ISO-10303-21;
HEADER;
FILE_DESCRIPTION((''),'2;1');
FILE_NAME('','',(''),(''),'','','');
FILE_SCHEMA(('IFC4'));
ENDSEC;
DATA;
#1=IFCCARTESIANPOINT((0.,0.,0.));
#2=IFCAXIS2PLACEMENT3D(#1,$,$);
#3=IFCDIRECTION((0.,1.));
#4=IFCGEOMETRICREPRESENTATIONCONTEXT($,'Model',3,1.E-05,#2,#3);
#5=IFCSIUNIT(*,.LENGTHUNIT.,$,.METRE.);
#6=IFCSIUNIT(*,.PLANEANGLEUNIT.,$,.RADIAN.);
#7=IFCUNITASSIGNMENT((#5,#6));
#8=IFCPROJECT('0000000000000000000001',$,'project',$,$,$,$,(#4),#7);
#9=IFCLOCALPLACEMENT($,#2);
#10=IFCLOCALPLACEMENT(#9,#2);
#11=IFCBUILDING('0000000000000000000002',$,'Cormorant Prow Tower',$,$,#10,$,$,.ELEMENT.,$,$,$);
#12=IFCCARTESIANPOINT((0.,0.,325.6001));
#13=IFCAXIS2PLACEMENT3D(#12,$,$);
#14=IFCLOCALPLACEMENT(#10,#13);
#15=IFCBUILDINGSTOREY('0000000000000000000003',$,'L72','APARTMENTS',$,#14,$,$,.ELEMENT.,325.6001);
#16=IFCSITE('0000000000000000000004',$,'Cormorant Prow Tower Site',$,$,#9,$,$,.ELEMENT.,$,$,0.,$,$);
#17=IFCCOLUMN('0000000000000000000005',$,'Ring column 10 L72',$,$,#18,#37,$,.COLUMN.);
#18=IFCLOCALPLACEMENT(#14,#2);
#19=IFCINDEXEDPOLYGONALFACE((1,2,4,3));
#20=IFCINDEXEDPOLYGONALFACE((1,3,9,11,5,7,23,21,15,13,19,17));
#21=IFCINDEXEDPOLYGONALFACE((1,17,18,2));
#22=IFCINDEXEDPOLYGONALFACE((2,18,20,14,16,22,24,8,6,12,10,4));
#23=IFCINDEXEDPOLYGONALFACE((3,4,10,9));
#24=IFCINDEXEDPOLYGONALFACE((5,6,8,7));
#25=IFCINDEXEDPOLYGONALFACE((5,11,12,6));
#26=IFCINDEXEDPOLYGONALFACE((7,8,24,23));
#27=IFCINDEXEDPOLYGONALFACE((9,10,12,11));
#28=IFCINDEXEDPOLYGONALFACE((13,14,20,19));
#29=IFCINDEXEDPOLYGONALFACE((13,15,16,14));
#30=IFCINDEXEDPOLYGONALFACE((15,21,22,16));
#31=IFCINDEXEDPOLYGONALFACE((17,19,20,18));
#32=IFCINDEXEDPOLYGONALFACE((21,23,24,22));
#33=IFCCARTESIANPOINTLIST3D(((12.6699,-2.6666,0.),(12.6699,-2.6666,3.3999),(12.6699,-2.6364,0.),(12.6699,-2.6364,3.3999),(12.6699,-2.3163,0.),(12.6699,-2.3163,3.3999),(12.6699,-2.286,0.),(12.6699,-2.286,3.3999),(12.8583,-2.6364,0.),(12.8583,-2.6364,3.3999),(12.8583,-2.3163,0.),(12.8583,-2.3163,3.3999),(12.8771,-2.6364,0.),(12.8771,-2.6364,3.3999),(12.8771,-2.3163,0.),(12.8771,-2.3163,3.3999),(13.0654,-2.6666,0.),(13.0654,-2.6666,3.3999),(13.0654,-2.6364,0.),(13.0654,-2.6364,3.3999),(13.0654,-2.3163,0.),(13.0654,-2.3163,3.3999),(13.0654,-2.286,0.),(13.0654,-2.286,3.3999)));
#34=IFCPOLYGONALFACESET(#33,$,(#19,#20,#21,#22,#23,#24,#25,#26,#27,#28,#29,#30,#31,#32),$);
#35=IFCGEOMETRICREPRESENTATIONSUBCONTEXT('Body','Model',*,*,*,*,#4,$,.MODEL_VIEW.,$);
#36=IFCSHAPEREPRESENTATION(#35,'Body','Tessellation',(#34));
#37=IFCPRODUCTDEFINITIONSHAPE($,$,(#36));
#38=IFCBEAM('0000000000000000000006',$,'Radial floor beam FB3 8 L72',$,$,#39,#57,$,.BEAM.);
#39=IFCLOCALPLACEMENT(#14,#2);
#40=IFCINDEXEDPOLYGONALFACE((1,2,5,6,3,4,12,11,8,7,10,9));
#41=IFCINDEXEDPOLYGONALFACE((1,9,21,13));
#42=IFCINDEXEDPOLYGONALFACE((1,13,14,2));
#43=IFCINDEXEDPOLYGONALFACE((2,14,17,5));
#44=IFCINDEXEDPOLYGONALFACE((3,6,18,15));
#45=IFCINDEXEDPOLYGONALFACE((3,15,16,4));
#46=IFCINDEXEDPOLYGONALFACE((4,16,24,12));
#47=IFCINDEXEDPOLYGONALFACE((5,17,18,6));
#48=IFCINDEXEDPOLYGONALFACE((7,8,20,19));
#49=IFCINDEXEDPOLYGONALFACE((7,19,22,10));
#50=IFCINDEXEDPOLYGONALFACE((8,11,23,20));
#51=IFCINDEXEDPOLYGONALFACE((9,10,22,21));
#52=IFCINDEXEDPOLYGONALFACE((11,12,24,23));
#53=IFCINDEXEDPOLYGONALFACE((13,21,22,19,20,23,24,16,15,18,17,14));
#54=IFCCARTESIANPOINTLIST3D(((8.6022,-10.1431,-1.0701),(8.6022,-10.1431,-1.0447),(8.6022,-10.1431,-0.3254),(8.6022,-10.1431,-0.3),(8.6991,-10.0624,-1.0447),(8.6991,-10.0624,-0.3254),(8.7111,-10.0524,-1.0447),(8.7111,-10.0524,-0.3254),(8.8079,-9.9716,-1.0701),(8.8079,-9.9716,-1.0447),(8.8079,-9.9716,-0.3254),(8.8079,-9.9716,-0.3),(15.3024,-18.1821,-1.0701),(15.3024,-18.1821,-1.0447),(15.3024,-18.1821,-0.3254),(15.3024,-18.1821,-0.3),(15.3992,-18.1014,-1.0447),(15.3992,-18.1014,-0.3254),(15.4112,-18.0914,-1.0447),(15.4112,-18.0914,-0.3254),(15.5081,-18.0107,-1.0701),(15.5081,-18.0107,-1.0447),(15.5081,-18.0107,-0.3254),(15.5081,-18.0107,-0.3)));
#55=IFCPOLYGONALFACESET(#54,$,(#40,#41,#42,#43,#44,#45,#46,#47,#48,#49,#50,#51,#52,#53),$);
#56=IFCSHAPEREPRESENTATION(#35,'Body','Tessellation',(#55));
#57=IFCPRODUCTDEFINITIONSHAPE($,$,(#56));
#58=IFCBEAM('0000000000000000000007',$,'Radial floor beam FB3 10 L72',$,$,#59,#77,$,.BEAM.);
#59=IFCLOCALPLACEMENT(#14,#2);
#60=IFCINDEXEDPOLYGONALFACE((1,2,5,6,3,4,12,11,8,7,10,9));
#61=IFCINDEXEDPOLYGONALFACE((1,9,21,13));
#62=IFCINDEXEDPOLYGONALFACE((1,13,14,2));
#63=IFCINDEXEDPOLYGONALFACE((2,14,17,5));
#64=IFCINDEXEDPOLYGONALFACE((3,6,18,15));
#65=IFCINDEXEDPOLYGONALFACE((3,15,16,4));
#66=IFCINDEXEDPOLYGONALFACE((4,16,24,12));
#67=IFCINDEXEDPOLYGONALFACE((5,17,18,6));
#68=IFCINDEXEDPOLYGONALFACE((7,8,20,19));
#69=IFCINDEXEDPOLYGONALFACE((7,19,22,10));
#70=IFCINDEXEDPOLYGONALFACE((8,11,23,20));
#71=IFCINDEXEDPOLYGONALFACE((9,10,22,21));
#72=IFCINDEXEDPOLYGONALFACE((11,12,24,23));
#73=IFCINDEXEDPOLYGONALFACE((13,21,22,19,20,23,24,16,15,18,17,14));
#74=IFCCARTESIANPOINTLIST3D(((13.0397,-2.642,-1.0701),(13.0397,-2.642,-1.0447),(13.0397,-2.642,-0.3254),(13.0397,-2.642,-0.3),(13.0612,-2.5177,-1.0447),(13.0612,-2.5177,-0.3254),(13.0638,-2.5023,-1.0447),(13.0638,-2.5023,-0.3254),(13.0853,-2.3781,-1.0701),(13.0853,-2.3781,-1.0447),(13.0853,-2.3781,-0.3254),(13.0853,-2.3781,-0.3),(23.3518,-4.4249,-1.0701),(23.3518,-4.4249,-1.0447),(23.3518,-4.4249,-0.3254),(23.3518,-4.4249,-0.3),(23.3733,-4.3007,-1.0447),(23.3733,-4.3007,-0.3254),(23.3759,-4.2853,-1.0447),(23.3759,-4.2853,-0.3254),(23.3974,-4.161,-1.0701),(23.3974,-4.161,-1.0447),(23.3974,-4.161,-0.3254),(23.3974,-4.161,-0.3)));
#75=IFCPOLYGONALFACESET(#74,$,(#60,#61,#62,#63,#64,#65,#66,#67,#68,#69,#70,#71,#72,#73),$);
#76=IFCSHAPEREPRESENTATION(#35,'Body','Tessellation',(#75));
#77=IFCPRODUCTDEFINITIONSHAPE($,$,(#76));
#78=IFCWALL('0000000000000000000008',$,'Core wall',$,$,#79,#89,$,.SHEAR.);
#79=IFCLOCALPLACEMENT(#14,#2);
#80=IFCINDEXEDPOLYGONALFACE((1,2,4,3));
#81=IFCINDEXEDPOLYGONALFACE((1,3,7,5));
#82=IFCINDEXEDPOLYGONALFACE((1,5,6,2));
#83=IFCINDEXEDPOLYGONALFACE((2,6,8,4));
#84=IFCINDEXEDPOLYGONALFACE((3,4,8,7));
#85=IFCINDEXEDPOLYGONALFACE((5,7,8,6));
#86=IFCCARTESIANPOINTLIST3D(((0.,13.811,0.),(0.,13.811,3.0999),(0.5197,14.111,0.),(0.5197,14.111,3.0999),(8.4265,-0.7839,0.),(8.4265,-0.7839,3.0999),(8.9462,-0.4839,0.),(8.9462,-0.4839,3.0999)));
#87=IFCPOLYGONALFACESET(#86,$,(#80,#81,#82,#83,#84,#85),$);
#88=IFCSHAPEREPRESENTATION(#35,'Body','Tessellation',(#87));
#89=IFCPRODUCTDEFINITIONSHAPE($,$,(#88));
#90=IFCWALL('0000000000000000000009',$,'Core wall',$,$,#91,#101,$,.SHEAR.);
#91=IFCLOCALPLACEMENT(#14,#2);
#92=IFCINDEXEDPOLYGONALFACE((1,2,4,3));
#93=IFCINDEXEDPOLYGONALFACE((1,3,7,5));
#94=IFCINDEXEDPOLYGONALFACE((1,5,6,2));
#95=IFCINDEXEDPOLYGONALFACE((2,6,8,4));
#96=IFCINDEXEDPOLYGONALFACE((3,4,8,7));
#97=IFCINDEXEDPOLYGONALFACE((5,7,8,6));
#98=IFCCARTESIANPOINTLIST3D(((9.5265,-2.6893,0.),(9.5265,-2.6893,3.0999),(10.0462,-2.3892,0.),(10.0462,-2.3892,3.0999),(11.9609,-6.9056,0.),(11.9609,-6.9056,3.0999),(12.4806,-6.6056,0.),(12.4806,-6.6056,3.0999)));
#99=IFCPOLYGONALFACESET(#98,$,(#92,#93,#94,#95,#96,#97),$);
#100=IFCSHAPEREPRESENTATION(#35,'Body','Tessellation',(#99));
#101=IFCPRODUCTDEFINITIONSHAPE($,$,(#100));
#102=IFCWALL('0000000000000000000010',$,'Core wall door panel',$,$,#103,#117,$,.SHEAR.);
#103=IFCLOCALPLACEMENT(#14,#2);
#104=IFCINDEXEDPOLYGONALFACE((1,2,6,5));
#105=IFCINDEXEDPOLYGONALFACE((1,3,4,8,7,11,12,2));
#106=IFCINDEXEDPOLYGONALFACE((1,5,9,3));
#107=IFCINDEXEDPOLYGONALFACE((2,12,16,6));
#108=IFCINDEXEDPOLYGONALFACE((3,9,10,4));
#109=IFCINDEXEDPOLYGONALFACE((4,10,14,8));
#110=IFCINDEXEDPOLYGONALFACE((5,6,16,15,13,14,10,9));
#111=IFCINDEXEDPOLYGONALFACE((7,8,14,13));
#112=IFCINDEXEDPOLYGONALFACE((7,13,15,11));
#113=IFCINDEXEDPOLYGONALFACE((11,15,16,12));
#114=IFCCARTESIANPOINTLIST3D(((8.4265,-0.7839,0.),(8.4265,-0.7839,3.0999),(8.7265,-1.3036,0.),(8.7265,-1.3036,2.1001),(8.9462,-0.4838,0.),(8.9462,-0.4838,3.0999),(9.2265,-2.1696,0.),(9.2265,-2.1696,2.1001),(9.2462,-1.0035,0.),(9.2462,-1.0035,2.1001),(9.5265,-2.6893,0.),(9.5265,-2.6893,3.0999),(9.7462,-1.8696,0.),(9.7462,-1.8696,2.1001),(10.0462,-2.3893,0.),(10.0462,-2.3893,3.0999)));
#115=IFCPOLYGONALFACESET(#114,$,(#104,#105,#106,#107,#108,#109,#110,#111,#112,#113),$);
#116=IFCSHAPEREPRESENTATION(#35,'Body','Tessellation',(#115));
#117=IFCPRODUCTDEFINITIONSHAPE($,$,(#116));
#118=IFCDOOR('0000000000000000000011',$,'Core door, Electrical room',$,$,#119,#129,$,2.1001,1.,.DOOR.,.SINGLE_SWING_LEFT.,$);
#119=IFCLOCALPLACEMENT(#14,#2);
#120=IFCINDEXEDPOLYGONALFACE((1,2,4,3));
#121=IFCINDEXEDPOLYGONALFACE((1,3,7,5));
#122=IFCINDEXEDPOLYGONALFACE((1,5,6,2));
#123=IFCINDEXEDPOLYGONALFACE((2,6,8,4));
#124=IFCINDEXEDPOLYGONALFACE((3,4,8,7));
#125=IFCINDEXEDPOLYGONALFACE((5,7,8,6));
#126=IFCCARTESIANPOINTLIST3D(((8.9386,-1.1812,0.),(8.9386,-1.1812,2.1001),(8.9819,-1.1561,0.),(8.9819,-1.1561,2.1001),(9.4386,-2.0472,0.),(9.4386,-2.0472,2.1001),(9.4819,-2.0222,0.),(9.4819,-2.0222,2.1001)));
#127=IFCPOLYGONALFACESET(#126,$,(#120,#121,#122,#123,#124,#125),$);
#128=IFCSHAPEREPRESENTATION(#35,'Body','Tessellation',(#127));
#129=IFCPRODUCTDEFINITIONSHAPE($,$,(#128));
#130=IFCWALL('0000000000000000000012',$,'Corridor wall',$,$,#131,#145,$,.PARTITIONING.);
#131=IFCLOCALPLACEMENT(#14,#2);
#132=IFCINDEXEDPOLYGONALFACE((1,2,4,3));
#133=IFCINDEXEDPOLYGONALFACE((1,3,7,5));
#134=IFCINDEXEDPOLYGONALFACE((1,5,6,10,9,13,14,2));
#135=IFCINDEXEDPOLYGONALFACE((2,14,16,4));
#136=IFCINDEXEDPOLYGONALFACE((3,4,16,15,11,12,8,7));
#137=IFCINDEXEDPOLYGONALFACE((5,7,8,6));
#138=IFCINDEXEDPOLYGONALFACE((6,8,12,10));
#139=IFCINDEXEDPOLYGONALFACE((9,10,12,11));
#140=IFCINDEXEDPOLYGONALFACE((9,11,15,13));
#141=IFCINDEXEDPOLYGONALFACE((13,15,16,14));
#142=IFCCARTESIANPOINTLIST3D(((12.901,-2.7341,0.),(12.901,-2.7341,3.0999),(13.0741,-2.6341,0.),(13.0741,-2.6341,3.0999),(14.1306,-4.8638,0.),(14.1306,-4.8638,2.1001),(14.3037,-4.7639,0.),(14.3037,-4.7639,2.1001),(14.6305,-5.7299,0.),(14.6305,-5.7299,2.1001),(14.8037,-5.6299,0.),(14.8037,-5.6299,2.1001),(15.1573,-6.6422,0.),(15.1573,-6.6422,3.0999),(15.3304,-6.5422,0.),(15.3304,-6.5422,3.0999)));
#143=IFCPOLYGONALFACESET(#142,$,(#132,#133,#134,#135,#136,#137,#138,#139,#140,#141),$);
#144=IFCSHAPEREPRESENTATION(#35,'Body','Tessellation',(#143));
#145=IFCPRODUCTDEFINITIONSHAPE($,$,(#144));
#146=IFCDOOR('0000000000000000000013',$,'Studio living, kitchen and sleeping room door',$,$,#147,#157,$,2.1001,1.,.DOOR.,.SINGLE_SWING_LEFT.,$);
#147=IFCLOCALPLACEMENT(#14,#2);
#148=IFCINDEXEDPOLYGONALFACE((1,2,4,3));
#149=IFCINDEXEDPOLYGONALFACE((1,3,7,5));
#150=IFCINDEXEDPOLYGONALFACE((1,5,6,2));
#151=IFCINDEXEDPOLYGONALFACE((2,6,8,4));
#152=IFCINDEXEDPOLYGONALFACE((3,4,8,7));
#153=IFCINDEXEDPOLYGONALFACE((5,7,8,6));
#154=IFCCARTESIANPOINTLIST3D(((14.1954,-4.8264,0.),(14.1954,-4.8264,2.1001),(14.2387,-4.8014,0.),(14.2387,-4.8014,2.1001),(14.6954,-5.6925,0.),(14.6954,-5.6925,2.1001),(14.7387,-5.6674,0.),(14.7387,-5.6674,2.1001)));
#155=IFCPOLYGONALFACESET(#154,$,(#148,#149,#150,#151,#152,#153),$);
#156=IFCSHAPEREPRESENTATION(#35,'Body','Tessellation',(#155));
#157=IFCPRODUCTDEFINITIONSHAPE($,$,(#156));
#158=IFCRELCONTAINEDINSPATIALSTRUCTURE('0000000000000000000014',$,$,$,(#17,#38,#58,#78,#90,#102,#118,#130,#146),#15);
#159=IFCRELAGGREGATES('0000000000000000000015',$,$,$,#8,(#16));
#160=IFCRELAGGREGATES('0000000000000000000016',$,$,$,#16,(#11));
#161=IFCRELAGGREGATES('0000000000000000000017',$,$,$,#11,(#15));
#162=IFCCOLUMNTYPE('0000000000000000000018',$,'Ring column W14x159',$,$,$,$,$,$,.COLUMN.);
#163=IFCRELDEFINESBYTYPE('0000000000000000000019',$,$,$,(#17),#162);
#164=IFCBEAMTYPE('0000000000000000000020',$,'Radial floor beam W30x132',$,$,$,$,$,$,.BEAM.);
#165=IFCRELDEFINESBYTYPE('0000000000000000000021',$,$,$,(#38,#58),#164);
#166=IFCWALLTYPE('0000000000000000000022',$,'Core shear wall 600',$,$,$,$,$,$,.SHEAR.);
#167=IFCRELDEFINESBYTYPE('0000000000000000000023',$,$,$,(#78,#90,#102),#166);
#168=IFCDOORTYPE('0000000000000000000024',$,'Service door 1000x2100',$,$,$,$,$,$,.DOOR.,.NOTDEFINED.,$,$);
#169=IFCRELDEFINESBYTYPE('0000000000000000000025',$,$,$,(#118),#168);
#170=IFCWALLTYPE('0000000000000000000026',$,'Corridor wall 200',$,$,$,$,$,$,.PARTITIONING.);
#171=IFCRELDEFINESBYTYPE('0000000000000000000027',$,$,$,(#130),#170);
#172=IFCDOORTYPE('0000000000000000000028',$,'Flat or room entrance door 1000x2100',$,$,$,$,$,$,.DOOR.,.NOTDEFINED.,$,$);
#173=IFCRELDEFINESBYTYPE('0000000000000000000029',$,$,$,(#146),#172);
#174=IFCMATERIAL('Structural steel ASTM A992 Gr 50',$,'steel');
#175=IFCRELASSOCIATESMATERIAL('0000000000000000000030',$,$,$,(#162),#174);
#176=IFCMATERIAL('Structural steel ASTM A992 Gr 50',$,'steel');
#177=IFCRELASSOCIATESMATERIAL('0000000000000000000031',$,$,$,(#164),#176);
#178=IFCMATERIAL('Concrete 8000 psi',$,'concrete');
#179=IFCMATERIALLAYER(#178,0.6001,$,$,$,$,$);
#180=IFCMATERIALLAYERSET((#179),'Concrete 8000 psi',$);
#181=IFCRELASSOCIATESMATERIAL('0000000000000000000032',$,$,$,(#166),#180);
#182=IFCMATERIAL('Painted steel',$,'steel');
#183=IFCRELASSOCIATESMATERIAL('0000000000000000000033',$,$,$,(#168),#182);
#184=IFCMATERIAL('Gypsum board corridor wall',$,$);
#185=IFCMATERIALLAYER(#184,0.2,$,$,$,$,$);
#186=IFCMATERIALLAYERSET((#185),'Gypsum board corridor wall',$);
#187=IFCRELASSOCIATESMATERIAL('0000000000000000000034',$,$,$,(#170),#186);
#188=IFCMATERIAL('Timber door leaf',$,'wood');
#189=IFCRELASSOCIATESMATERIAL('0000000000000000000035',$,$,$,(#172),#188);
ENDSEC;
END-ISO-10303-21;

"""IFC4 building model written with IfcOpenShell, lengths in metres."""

from ifc_helpers import new_model, si_unit, direction, frame, frame_2d, origin, origin_2d, place, context, subcontext, project, spatial, rectangle, i_section, extrude, material, layer, layer_set, material_profile, profile_set, type_object, element, fill, save


model = new_model("IFC4")

# Units and contexts
model_context = context("Model", 3, precision=1e-05, world=origin(), true_north=direction((0.0, 1.0)))
body_context = subcontext(model_context, "Body", "Model", "MODEL_VIEW")
ifc_project = project(units=[si_unit("LENGTHUNIT", "METRE"), si_unit("PLANEANGLEUNIT", "RADIAN")], contexts=[model_context])

# Site, building, storey
site_placement = place(None, origin())
site = spatial("IfcSite", under=ifc_project, at=site_placement, Name="Cormorant Prow Tower Site", CompositionType="ELEMENT", RefElevation=0.0)
building_placement = place(site_placement, origin())
building = spatial("IfcBuilding", under=site, at=building_placement, Name="Cormorant Prow Tower", CompositionType="ELEMENT")
storey_placement = place(building_placement, frame((0.0, 0.0, 325.6001)))
storey = spatial("IfcBuildingStorey", under=building, at=storey_placement, Name="L72", Description="APARTMENTS", CompositionType="ELEMENT", Elevation=325.6001)

# Column
ifc_material_1 = material(Name="Structural steel ASTM A992 Gr 50", Category="steel")
ifc_material_profile_1 = material_profile(ifc_material_1, i_section(OverallWidth=0.3955, OverallDepth=0.3806, WebThickness=0.0188, FlangeThickness=0.0303, at=origin_2d()), Name="W14x159")
ifc_profile_set_1 = profile_set([ifc_material_profile_1], Name="Structural steel ASTM A992 Gr 50")
column_type = type_object("IfcColumnType", Name="Ring column W14x159", PredefinedType="COLUMN", material=ifc_profile_set_1)
column_placement = place(storey_placement, frame((12.8677, -2.4763, 0.0), z_axis=(0.0, 0.0, 1.0), x_axis=(1.0, 0.0, 0.0)))
element("IfcColumn", 1, at=column_placement, inside=storey, type_object=column_type, Name="Ring column 10 L72", PredefinedType="COLUMN", context=body_context, shape_type="SweptSolid", body=[
    extrude(i_section(OverallWidth=0.3955, OverallDepth=0.3806, WebThickness=0.0188, FlangeThickness=0.0303, at=origin_2d()), origin(), (0.0, 0.0, 1.0), 3.3999),
])

# Beams
ifc_material_2 = material(Name="Structural steel ASTM A992 Gr 50", Category="steel")
ifc_material_profile_2 = material_profile(ifc_material_2, i_section(OverallWidth=0.2678, OverallDepth=0.77, WebThickness=0.0156, FlangeThickness=0.0254, at=origin_2d()), Name="W30x132")
ifc_profile_set_2 = profile_set([ifc_material_profile_2], Name="Structural steel ASTM A992 Gr 50")
beam_type = type_object("IfcBeamType", Name="Radial floor beam W30x132", PredefinedType="BEAM", material=ifc_profile_set_2)
for number, where, z_axis, x_axis, name in (
    (2, (8.7051, -10.0574, -0.6851), (0.640239, -0.768175, 0.0), (0.768175, 0.640239, 0.0), "Radial floor beam FB3 8 L72"),
    (3, (13.0625, -2.51, -0.6851), (0.98538, -0.170373, 0.0), (0.170373, 0.98538, 0.0), "Radial floor beam FB3 10 L72"),
):
    element("IfcBeam", number, at=place(storey_placement, frame(where, z_axis=z_axis, x_axis=x_axis)), inside=storey, type_object=beam_type, Name=name, PredefinedType="BEAM", context=body_context, shape_type="SweptSolid", body=[
        extrude(i_section(OverallWidth=0.2678, OverallDepth=0.77, WebThickness=0.0156, FlangeThickness=0.0254, at=origin_2d()), origin(), (0.0, 0.0, 1.0), 10.4651),
    ])

# Walls
ifc_material_3 = material(Name="Concrete 8000 psi", Category="concrete")
ifc_layer_1 = layer(ifc_material_3, 0.6001)
ifc_layer_set_1 = layer_set([ifc_layer_1], Name="Concrete 8000 psi")
wall_type_1 = type_object("IfcWallType", Name="Core shear wall 600", PredefinedType="SHEAR", material=ifc_layer_set_1)
wall_1_placement = place(storey_placement, frame((8.6863, -0.6338, 0.0), z_axis=(0.0, 0.0, 1.0), x_axis=(-0.500005, 0.866023, 0.0)))
element("IfcWall", 4, at=wall_1_placement, inside=storey, type_object=wall_type_1, Name="Core wall", PredefinedType="SHEAR", context=body_context, shape_type="SweptSolid", body=[
    extrude(rectangle(XDim=16.8528, YDim=0.6001, at=frame_2d((8.4263, 0.0))), origin(), (0.0, 0.0, 1.0), 3.0999),
])
wall_2_placement = place(storey_placement, frame((12.2207, -6.7556, 0.0), z_axis=(0.0, 0.0, 1.0), x_axis=(-0.500006, 0.866022, 0.0)))
element("IfcWall", 5, at=wall_2_placement, inside=storey, type_object=wall_type_1, Name="Core wall", PredefinedType="SHEAR", context=body_context, shape_type="SweptSolid", body=[
    extrude(rectangle(XDim=4.8687, YDim=0.6001, at=frame_2d((2.4343, 0.0))), origin(), (0.0, 0.0, 1.0), 3.0999),
])

# Wall, opening, door
wall_3_placement = place(storey_placement, frame((9.7864, -2.5393, 0.0), z_axis=(0.0, 0.0, 1.0), x_axis=(-0.499982, 0.866036, 0.0)))
wall_3 = element("IfcWall", 6, at=wall_3_placement, inside=storey, type_object=wall_type_1, Name="Core wall door panel", PredefinedType="SHEAR", context=body_context, shape_type="SweptSolid", body=[
    extrude(rectangle(XDim=2.2002, YDim=0.6001, at=frame_2d((1.1001, 0.0))), origin(), (0.0, 0.0, 1.0), 3.0999),
])
opening_1_placement = place(wall_3_placement, frame((0.6001, 0.0, 0.0)))
opening_1 = element("IfcOpeningElement", 7, at=opening_1_placement, cuts=wall_3, PredefinedType="OPENING", context=body_context, shape_type="SweptSolid", body=[
    extrude(rectangle(XDim=1.0, YDim=2.1001, at=frame_2d((0.5, 1.05))), frame((0.0, 0.3101, 0.0), z_axis=(0.0, -1.0, 0.0), x_axis=(1.0, 0.0, 0.0)), (0.0, 0.0, 1.0), 0.6201),
])
ifc_material_4 = material(Name="Painted steel", Category="steel")
door_type_1 = type_object("IfcDoorType", Name="Service door 1000x2100", OperationType="NOTDEFINED", PredefinedType="DOOR", material=ifc_material_4)
door_1_placement = place(opening_1_placement, origin())
door_1 = element("IfcDoor", 8, at=door_1_placement, inside=storey, type_object=door_type_1, Name="Core door, Electrical room", OperationType="SINGLE_SWING_LEFT", OverallHeight=2.1001, OverallWidth=1.0, PredefinedType="DOOR", context=body_context, shape_type="SweptSolid", body=[
    extrude(rectangle(XDim=1.0, YDim=2.1001, at=frame_2d((0.5, 1.05))), frame((0.0, 0.0552, 0.0), z_axis=(0.0, -1.0, 0.0), x_axis=(1.0, 0.0, 0.0)), (0.0, 0.0, 1.0), 0.05),
])
fill(opening_1, door_1)

# Shared definitions
ifc_material_5 = material(Name="Gypsum board corridor wall")
ifc_layer_2 = layer(ifc_material_5, 0.2)
ifc_layer_set_2 = layer_set([ifc_layer_2], Name="Gypsum board corridor wall")
wall_type_2 = type_object("IfcWallType", Name="Corridor wall 200", PredefinedType="PARTITIONING", material=ifc_layer_set_2)

# Wall, opening, door
wall_4_placement = place(storey_placement, frame((12.9875, -2.6841, 0.0), z_axis=(0.0, 0.0, 1.0), x_axis=(0.499991, -0.866031, 0.0)))
wall_4 = element("IfcWall", 9, at=wall_4_placement, inside=storey, type_object=wall_type_2, Name="Corridor wall", PredefinedType="PARTITIONING", context=body_context, shape_type="SweptSolid", body=[
    extrude(rectangle(XDim=4.5127, YDim=0.2, at=frame_2d((2.2563, 0.0))), origin(), (0.0, 0.0, 1.0), 3.0999),
])
opening_2_placement = place(wall_4_placement, frame((2.4592, 0.0, 0.0)))
opening_2 = element("IfcOpeningElement", 10, at=opening_2_placement, cuts=wall_4, PredefinedType="OPENING", context=body_context, shape_type="SweptSolid", body=[
    extrude(rectangle(XDim=1.0, YDim=2.1001, at=frame_2d((0.5, 1.05))), frame((0.0, 0.1099, 0.0), z_axis=(0.0, -1.0, 0.0), x_axis=(1.0, 0.0, 0.0)), (0.0, 0.0, 1.0), 0.22),
])
ifc_material_6 = material(Name="Timber door leaf", Category="wood")
door_type_2 = type_object("IfcDoorType", Name="Flat or room entrance door 1000x2100", OperationType="NOTDEFINED", PredefinedType="DOOR", material=ifc_material_6)
door_2_placement = place(opening_2_placement, origin())
door_2 = element("IfcDoor", 11, at=door_2_placement, inside=storey, type_object=door_type_2, Name="Studio living, kitchen and sleeping room door", OperationType="SINGLE_SWING_LEFT", OverallHeight=2.1001, OverallWidth=1.0, PredefinedType="DOOR", context=body_context, shape_type="SweptSolid", body=[
    extrude(rectangle(XDim=1.0, YDim=2.1001, at=frame_2d((0.5, 1.05))), frame((0.0, 0.0249, 0.0), z_axis=(0.0, -1.0, 0.0), x_axis=(1.0, 0.0, 0.0)), (0.0, 0.0, 1.0), 0.05),
])
fill(opening_2, door_2)

save(model, "model.ifc")
